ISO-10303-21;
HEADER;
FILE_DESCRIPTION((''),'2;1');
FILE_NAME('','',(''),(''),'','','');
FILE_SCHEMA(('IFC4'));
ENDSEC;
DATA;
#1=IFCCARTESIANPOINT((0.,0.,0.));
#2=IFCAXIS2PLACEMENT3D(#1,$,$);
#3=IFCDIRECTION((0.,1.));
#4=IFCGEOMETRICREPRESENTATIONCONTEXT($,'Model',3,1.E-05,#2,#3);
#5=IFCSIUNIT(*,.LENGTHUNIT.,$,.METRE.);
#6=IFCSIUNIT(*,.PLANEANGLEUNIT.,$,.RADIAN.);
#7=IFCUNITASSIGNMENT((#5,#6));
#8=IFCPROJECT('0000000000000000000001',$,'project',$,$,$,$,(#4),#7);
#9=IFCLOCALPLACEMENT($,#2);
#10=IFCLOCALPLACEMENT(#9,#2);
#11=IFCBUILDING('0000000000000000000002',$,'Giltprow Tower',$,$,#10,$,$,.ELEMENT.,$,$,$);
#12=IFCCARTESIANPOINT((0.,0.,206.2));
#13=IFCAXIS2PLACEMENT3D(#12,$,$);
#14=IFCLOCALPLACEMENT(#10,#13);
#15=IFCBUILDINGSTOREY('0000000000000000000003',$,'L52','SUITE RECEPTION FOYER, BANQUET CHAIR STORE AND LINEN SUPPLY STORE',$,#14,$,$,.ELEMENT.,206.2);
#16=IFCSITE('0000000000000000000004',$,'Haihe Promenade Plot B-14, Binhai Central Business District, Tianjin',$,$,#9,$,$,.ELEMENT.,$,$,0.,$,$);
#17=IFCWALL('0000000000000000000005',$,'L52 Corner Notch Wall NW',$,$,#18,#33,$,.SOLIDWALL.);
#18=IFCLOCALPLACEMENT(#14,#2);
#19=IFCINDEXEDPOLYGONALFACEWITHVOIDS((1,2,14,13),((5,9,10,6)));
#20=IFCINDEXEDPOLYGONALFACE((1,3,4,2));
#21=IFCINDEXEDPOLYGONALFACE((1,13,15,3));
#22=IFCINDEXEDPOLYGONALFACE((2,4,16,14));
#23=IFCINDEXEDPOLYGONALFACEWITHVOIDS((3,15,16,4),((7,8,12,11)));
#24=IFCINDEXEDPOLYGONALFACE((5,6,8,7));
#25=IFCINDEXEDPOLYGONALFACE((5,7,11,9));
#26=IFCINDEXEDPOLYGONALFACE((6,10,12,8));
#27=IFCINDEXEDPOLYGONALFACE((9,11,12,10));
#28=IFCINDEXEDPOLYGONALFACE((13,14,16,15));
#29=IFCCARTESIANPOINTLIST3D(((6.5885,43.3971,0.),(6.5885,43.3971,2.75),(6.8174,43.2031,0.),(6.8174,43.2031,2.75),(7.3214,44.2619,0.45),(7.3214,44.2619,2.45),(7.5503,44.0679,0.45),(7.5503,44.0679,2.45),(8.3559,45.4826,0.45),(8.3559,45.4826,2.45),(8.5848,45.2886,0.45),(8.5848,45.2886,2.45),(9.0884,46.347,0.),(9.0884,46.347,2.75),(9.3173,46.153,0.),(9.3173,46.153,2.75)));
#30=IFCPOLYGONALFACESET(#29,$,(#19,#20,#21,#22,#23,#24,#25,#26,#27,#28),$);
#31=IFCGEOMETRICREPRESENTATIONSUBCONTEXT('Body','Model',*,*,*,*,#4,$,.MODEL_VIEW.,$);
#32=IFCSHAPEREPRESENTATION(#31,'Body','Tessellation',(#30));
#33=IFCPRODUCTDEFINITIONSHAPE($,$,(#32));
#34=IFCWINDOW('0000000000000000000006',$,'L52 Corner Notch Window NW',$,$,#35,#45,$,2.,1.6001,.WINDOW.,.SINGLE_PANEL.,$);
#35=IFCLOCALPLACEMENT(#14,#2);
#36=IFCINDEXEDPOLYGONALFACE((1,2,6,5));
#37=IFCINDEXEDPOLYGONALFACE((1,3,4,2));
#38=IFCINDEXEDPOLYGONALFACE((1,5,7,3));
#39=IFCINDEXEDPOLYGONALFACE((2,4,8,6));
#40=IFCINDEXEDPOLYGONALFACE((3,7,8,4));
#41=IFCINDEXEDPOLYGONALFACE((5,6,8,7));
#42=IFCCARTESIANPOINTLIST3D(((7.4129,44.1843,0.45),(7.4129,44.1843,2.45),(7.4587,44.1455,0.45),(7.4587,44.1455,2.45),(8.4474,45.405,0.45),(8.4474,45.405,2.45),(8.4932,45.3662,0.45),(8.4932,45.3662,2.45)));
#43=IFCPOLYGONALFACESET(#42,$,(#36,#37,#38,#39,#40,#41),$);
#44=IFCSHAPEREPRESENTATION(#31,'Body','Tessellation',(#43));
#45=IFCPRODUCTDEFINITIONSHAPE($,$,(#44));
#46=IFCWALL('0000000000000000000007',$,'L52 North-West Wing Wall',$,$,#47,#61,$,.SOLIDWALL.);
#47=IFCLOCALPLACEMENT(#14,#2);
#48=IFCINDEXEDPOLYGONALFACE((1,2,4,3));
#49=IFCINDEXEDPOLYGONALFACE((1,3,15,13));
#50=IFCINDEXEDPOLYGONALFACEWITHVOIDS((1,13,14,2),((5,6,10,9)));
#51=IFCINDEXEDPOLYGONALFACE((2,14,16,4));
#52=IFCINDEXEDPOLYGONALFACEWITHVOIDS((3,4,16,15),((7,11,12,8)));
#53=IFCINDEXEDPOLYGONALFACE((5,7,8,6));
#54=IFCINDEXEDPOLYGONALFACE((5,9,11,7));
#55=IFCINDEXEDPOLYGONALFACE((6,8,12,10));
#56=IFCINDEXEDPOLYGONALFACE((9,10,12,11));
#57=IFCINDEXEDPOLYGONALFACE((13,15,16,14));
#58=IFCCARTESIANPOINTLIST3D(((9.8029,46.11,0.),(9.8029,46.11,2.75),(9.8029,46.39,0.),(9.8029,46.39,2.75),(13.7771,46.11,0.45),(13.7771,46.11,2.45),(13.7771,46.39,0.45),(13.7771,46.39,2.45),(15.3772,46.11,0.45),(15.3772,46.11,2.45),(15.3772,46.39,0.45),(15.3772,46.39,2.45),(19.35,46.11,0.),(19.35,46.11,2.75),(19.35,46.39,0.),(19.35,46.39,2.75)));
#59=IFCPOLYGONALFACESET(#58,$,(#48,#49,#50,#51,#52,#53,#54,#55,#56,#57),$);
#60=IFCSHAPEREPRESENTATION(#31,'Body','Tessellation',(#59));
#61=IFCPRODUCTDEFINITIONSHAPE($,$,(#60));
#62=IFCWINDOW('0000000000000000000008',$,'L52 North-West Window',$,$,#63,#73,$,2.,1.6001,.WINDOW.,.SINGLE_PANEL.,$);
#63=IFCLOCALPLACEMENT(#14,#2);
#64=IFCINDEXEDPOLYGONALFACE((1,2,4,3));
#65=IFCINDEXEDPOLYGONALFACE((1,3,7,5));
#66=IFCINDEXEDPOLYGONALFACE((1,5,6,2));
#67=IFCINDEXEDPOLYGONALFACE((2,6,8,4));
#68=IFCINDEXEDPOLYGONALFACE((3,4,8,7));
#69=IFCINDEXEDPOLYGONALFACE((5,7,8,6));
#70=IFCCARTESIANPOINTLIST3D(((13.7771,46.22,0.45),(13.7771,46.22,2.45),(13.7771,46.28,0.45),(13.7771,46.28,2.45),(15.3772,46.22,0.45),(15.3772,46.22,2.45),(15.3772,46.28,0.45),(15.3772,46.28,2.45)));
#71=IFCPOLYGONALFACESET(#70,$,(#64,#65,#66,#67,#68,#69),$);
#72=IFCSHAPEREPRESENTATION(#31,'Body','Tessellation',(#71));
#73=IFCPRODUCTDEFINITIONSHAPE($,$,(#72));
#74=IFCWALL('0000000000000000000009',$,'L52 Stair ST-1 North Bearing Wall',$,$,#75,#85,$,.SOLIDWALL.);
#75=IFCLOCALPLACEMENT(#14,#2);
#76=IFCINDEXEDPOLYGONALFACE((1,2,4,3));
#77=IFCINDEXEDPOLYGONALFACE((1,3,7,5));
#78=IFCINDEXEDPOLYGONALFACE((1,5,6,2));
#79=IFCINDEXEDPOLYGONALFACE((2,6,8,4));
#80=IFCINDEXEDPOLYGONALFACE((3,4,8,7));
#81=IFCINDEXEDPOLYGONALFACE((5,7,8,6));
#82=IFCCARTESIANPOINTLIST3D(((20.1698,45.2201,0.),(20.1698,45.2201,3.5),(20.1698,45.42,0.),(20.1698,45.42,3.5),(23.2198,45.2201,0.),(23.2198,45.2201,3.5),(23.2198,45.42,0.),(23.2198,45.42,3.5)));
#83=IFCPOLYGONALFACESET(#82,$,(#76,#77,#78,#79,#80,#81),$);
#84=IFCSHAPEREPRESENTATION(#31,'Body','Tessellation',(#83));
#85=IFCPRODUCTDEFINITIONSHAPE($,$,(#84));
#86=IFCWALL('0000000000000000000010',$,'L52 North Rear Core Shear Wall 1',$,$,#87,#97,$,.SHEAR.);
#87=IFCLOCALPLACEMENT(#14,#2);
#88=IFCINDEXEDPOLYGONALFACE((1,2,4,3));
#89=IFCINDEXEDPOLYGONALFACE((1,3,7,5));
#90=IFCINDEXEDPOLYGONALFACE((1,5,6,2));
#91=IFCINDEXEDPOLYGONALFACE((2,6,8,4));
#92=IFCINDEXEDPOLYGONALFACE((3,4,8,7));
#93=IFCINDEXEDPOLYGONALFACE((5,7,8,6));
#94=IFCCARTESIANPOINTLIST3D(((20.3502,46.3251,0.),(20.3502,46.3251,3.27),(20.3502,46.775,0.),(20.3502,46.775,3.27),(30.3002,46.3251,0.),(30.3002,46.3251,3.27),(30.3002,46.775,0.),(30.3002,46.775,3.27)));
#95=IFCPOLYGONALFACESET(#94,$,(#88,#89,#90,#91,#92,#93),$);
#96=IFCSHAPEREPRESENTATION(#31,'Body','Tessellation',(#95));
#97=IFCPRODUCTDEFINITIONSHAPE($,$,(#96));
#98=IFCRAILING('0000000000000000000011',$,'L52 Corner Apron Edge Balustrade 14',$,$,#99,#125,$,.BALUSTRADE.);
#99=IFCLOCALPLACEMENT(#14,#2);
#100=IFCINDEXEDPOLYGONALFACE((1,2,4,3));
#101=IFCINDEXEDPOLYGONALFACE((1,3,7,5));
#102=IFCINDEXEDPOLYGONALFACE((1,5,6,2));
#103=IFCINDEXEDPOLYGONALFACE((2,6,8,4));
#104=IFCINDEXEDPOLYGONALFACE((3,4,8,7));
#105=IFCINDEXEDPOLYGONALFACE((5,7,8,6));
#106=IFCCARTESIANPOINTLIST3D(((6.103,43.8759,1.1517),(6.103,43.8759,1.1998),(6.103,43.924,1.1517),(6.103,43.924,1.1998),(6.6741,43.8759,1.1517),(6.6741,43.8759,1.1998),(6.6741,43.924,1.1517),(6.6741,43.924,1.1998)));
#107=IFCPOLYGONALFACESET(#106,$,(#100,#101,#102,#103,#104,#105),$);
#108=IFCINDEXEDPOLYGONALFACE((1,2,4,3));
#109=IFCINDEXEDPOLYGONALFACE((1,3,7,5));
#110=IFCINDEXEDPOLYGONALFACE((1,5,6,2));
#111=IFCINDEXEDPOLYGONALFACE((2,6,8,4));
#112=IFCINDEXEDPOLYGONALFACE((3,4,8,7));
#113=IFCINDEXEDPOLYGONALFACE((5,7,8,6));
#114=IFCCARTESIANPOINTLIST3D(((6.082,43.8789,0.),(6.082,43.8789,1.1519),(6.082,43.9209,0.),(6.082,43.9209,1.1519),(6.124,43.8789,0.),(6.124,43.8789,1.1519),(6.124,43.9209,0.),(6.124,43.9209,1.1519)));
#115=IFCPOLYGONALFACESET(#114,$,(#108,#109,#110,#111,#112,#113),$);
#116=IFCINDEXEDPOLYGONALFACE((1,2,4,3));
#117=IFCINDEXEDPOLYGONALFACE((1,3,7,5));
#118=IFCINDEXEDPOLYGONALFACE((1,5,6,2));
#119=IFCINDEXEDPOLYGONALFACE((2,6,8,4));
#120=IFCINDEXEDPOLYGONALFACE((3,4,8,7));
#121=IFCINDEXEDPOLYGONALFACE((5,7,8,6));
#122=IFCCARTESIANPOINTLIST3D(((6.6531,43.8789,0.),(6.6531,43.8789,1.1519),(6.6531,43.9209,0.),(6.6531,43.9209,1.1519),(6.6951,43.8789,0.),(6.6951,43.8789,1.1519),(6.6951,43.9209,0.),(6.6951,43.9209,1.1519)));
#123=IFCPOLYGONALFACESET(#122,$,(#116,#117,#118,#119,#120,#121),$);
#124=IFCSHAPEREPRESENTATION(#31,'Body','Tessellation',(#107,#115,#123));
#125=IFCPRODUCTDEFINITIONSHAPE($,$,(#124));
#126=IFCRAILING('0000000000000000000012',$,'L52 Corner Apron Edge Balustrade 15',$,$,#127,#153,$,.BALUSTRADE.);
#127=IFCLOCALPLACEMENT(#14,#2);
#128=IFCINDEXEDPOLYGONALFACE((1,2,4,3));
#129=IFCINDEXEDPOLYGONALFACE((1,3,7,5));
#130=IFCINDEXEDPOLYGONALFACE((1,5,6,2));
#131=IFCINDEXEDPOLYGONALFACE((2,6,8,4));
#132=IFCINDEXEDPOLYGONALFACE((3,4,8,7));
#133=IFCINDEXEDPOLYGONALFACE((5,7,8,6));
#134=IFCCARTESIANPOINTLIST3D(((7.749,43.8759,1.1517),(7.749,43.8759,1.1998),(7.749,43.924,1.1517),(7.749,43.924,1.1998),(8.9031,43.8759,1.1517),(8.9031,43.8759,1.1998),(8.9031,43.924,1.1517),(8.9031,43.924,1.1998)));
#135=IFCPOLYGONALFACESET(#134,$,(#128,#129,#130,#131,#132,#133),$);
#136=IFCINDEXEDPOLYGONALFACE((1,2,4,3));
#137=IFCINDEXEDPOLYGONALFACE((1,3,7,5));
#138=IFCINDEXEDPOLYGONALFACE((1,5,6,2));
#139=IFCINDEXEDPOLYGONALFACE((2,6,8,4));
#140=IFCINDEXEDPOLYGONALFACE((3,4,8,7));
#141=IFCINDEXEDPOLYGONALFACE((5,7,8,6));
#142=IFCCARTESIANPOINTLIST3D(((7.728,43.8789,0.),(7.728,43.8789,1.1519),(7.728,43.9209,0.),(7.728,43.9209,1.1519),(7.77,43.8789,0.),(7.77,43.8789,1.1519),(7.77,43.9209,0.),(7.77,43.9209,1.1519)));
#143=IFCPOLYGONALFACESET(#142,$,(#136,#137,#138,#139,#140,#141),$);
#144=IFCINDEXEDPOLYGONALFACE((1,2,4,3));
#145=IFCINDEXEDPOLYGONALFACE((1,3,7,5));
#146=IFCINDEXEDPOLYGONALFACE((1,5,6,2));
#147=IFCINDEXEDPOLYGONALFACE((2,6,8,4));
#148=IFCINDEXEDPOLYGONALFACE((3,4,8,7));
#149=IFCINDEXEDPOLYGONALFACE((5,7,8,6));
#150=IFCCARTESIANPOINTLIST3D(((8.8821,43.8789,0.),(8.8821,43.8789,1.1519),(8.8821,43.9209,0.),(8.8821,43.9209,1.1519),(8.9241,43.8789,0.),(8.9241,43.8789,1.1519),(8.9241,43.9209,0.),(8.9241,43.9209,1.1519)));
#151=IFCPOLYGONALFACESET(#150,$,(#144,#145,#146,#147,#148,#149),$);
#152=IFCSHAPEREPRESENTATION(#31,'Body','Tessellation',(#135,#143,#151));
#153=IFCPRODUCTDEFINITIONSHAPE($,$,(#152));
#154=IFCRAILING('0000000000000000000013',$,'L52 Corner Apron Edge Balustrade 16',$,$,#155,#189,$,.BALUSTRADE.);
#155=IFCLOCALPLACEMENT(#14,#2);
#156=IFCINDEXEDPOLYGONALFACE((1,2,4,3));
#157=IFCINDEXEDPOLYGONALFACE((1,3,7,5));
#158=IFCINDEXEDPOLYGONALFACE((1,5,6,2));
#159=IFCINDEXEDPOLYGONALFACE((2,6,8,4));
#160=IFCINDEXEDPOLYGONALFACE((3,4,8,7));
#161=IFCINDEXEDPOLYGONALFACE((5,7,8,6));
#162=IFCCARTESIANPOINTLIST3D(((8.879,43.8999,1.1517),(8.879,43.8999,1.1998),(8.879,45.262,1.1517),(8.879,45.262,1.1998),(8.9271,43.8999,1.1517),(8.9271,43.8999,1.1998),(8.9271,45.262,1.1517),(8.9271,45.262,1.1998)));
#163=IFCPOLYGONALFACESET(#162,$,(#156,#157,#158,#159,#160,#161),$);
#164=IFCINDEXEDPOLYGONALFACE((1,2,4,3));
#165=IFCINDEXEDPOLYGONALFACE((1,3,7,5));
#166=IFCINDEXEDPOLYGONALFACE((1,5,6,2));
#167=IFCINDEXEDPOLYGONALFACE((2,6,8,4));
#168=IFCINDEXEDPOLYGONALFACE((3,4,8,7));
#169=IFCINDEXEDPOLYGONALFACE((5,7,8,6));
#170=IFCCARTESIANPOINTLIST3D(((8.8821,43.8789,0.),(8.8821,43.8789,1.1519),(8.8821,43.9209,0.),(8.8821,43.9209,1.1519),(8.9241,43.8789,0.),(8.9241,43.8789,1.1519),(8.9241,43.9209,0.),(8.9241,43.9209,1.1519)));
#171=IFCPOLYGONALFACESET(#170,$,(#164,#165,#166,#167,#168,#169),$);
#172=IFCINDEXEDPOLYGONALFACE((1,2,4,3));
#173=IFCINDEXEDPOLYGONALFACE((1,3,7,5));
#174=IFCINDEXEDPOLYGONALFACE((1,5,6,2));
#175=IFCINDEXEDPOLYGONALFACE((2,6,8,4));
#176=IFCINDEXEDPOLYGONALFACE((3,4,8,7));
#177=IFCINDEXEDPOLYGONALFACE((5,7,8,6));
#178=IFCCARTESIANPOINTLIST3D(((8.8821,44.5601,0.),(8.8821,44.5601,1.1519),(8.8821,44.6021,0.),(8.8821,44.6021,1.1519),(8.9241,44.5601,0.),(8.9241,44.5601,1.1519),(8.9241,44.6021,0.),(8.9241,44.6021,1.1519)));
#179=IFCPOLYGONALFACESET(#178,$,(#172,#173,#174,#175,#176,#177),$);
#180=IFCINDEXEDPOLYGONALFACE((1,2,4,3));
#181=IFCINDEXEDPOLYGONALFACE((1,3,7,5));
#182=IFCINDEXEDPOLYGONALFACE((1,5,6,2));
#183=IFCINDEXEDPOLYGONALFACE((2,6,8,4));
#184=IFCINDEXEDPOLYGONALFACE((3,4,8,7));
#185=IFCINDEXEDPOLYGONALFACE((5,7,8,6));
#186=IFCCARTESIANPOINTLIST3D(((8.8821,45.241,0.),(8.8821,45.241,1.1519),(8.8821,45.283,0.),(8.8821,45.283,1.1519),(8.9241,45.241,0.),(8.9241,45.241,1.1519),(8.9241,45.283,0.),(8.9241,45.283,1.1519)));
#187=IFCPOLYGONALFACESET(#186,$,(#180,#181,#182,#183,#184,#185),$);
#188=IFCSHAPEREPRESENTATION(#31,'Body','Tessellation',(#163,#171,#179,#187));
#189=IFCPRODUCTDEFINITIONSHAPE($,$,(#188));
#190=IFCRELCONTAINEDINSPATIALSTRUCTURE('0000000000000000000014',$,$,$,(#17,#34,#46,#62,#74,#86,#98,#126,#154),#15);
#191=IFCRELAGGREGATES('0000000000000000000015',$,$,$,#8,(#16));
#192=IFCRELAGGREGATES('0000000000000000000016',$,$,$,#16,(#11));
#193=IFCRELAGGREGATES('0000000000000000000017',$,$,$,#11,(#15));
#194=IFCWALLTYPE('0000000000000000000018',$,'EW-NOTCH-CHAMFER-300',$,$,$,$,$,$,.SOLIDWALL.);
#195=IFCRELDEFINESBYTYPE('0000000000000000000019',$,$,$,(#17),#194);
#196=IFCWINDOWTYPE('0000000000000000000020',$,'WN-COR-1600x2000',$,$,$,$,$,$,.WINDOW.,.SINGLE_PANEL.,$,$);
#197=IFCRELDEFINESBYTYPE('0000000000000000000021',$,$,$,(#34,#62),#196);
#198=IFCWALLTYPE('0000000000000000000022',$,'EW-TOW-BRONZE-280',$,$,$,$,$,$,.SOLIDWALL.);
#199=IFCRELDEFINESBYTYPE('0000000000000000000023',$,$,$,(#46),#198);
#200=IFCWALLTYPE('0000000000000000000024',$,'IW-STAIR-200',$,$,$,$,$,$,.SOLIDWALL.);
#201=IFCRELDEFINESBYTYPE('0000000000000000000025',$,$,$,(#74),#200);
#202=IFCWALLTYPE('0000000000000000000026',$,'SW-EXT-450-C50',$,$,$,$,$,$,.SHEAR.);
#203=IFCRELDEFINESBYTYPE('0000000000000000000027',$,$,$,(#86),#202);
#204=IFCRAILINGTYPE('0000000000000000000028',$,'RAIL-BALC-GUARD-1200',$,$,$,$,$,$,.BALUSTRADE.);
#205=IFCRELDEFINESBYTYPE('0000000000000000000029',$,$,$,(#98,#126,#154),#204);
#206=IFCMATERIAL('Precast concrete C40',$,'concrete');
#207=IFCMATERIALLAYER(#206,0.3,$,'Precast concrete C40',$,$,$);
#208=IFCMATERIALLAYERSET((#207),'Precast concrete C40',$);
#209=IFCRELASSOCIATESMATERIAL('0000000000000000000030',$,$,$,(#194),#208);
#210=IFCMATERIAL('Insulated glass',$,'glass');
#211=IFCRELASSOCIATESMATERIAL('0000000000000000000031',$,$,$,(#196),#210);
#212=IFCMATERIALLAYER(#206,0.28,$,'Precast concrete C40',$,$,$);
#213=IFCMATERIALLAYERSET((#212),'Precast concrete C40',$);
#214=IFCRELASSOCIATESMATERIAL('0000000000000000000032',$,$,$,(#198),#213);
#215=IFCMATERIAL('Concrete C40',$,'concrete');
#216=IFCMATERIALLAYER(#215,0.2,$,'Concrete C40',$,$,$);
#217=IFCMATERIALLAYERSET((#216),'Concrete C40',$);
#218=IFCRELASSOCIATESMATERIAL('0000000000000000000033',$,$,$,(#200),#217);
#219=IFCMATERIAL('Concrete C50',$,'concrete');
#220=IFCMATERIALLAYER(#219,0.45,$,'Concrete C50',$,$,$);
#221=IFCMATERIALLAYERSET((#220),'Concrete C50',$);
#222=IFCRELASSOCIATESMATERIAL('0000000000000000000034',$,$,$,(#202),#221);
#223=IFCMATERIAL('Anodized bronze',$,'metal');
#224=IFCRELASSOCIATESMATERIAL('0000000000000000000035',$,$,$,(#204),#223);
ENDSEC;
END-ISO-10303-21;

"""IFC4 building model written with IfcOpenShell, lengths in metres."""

from ifc_helpers import new_model, si_unit, direction, frame, frame_2d, origin, origin_2d, place, context, subcontext, project, spatial, rectangle, extrude, source, transform, mapped, material, layer, layer_set, type_object, element, fill, save


model = new_model("IFC4")

# Units and contexts
model_context = context("Model", 3, precision=1e-05, world=origin(), true_north=direction((0.0, 1.0)))
body_context = subcontext(model_context, "Body", "Model", "MODEL_VIEW")
ifc_project = project(units=[si_unit("LENGTHUNIT", "METRE"), si_unit("PLANEANGLEUNIT", "RADIAN")], contexts=[model_context])

# Site, building, storey
site_placement = place(None, origin())
site = spatial("IfcSite", under=ifc_project, at=site_placement, Name="Haihe Promenade Plot B-14, Binhai Central Business District, Tianjin", CompositionType="ELEMENT", RefElevation=0.0)
building_placement = place(site_placement, origin())
building = spatial("IfcBuilding", under=site, at=building_placement, Name="Giltprow Tower", CompositionType="ELEMENT")
storey_placement = place(building_placement, frame((0.0, 0.0, 206.2)))
storey = spatial("IfcBuildingStorey", under=building, at=storey_placement, Name="L52", Description="SUITE RECEPTION FOYER, BANQUET CHAIR STORE AND LINEN SUPPLY STORE", CompositionType="ELEMENT", Elevation=206.2)

# Shared definitions
ifc_material_1 = material(Name="Concrete C50", Category="concrete")

# Walls, openings, windows
ifc_material_2 = material(Name="Precast concrete C40", Category="concrete")
ifc_layer_1 = layer(ifc_material_2, 0.3, Name="Precast concrete C40")
ifc_layer_set_1 = layer_set([ifc_layer_1], Name="Precast concrete C40")
wall_type_1 = type_object("IfcWallType", Name="EW-NOTCH-CHAMFER-300", PredefinedType="SOLIDWALL", material=ifc_layer_set_1)
wall_1_placement = place(storey_placement, frame((9.2029, 46.25, 0.0), z_axis=(0.0, 0.0, 1.0), x_axis=(-0.646528, -0.76289, 0.0)))
wall_1 = element("IfcWall", 1, at=wall_1_placement, inside=storey, type_object=wall_type_1, Name="L52 Corner Notch Wall NW", PredefinedType="SOLIDWALL", context=body_context, shape_type="SweptSolid", body=[
    extrude(rectangle(XDim=3.8667, YDim=0.3, at=frame_2d((1.9333, 0.0))), origin(), (0.0, 0.0, 1.0), 2.75),
])
opening_1_placement = place(wall_1_placement, frame((1.1331, 0.0, 0.45)))
opening_1 = element("IfcOpeningElement", 2, at=opening_1_placement, cuts=wall_1, PredefinedType="OPENING", context=body_context, shape_type="SweptSolid", body=[
    extrude(rectangle(XDim=1.6001, YDim=2.0, at=frame_2d((0.8, 1.0))), frame((0.0, 0.1599, 0.0), z_axis=(0.0, -1.0, 0.0), x_axis=(1.0, 0.0, 0.0)), (0.0, 0.0, 1.0), 0.3201),
])
ifc_material_3 = material(Name="Insulated glass", Category="glass")
window_type = type_object("IfcWindowType", Name="WN-COR-1600x2000", PartitioningType="SINGLE_PANEL", PredefinedType="WINDOW", material=ifc_material_3)
shared_shape_1 = source(origin(), body_context, "Body", "SweptSolid", [
    extrude(rectangle(XDim=1.6001, YDim=2.0, at=frame_2d((0.8, 1.0))), frame((0.0, 0.03, 0.0), z_axis=(0.0, -1.0, 0.0), x_axis=(1.0, 0.0, 0.0)), (0.0, 0.0, 1.0), 0.0601),
])
window_1_placement = place(opening_1_placement, origin())
window_1 = element("IfcWindow", 3, at=window_1_placement, inside=storey, type_object=window_type, Name="L52 Corner Notch Window NW", OverallHeight=2.0, OverallWidth=1.6001, PartitioningType="SINGLE_PANEL", PredefinedType="WINDOW", context=body_context, shape_type="MappedRepresentation", body=[
    mapped(shared_shape_1, transform((0.0, 0.0, 0.0), x_axis=(1.0, 0.0, 0.0), y_axis=(0.0, 1.0, 0.0), z_axis=(0.0, 0.0, 1.0), scale=1.0)),
])
fill(opening_1, window_1)
ifc_layer_2 = layer(ifc_material_2, 0.28, Name="Precast concrete C40")
ifc_layer_set_2 = layer_set([ifc_layer_2], Name="Precast concrete C40")
wall_type_2 = type_object("IfcWallType", Name="EW-TOW-BRONZE-280", PredefinedType="SOLIDWALL", material=ifc_layer_set_2)
wall_2_placement = place(storey_placement, frame((9.803, 46.25, 0.0), z_axis=(0.0, 0.0, 1.0), x_axis=(1.0, 0.0, 0.0)))
wall_2 = element("IfcWall", 4, at=wall_2_placement, inside=storey, type_object=wall_type_2, Name="L52 North-West Wing Wall", PredefinedType="SOLIDWALL", context=body_context, shape_type="SweptSolid", body=[
    extrude(rectangle(XDim=9.5471, YDim=0.28, at=frame_2d((4.7734, 0.0))), origin(), (0.0, 0.0, 1.0), 2.75),
])
opening_2_placement = place(wall_2_placement, frame((3.9741, 0.0, 0.45)))
opening_2 = element("IfcOpeningElement", 5, at=opening_2_placement, cuts=wall_2, PredefinedType="OPENING", context=body_context, shape_type="SweptSolid", body=[
    extrude(rectangle(XDim=1.6001, YDim=2.0, at=frame_2d((0.8, 1.0))), frame((0.0, 0.1499, 0.0), z_axis=(0.0, -1.0, 0.0), x_axis=(1.0, 0.0, 0.0)), (0.0, 0.0, 1.0), 0.3),
])
window_2_placement = place(opening_2_placement, origin())
window_2 = element("IfcWindow", 6, at=window_2_placement, inside=storey, type_object=window_type, Name="L52 North-West Window", OverallHeight=2.0, OverallWidth=1.6001, PartitioningType="SINGLE_PANEL", PredefinedType="WINDOW", context=body_context, shape_type="MappedRepresentation", body=[
    mapped(shared_shape_1, transform((0.0, 0.0, 0.0), x_axis=(1.0, 0.0, 0.0), y_axis=(0.0, 1.0, 0.0), z_axis=(0.0, 0.0, 1.0), scale=1.0)),
])
fill(opening_2, window_2)

# Walls
ifc_material_4 = material(Name="Concrete C40", Category="concrete")
ifc_layer_3 = layer(ifc_material_4, 0.2, Name="Concrete C40")
ifc_layer_set_3 = layer_set([ifc_layer_3], Name="Concrete C40")
wall_type_3 = type_object("IfcWallType", Name="IW-STAIR-200", PredefinedType="SOLIDWALL", material=ifc_layer_set_3)
wall_3_placement = place(storey_placement, frame((20.1699, 45.3201, 0.0), z_axis=(0.0, 0.0, 1.0), x_axis=(1.0, 0.0, 0.0)))
element("IfcWall", 7, at=wall_3_placement, inside=storey, type_object=wall_type_3, Name="L52 Stair ST-1 North Bearing Wall", PredefinedType="SOLIDWALL", context=body_context, shape_type="SweptSolid", body=[
    extrude(rectangle(XDim=3.05, YDim=0.2, at=frame_2d((1.5249, 0.0))), origin(), (0.0, 0.0, 1.0), 3.5),
])
ifc_layer_4 = layer(ifc_material_1, 0.45, Name="Concrete C50")
ifc_layer_set_4 = layer_set([ifc_layer_4], Name="Concrete C50")
wall_type_4 = type_object("IfcWallType", Name="SW-EXT-450-C50", PredefinedType="SHEAR", material=ifc_layer_set_4)
wall_4_placement = place(storey_placement, frame((20.3501, 46.55, 0.0), z_axis=(0.0, 0.0, 1.0), x_axis=(1.0, 0.0, 0.0)))
element("IfcWall", 8, at=wall_4_placement, inside=storey, type_object=wall_type_4, Name="L52 North Rear Core Shear Wall 1", PredefinedType="SHEAR", context=body_context, shape_type="SweptSolid", body=[
    extrude(rectangle(XDim=9.95, YDim=0.45, at=frame_2d((4.9751, 0.0))), origin(), (0.0, 0.0, 1.0), 3.27),
])

# Railings
ifc_material_5 = material(Name="Anodized bronze", Category="metal")
railing_type_1 = type_object("IfcRailingType", Name="RAIL-BALC-GUARD-1200", PredefinedType="BALUSTRADE", material=ifc_material_5)
railing_1_placement = place(storey_placement, frame((6.103, 43.8999, 0.0)))
element("IfcRailing", 9, at=railing_1_placement, inside=storey, type_object=railing_type_1, Name="L52 Corner Apron Edge Balustrade 14", PredefinedType="BALUSTRADE", context=body_context, shape_type="SweptSolid", body=[
    extrude(rectangle(XDim=0.0481, YDim=0.0481, at=origin_2d()), frame((0.0, 0.0, 1.1758), z_axis=(1.0, 0.0, 0.0), x_axis=(0.0, 1.0, 0.0)), (0.0, 0.0, 1.0), 0.571),
    extrude(rectangle(XDim=0.042, YDim=0.042, at=origin_2d()), origin(), (0.0, 0.0, 1.0), 1.1519),
    extrude(rectangle(XDim=0.042, YDim=0.042, at=origin_2d()), frame((0.571, 0.0, 0.0)), (0.0, 0.0, 1.0), 1.1519),
])
railing_2_placement = place(storey_placement, frame((7.749, 43.8999, 0.0)))
element("IfcRailing", 10, at=railing_2_placement, inside=storey, type_object=railing_type_1, Name="L52 Corner Apron Edge Balustrade 15", PredefinedType="BALUSTRADE", context=body_context, shape_type="SweptSolid", body=[
    extrude(rectangle(XDim=0.0481, YDim=0.0481, at=origin_2d()), frame((0.0, 0.0, 1.1758), z_axis=(1.0, 0.0, 0.0), x_axis=(0.0, 1.0, 0.0)), (0.0, 0.0, 1.0), 1.1541),
    extrude(rectangle(XDim=0.042, YDim=0.042, at=origin_2d()), origin(), (0.0, 0.0, 1.0), 1.1519),
    extrude(rectangle(XDim=0.042, YDim=0.042, at=origin_2d()), frame((1.1541, 0.0, 0.0)), (0.0, 0.0, 1.0), 1.1519),
])
railing_3_placement = place(storey_placement, frame((8.9031, 43.8999, 0.0)))
element("IfcRailing", 11, at=railing_3_placement, inside=storey, type_object=railing_type_1, Name="L52 Corner Apron Edge Balustrade 16", PredefinedType="BALUSTRADE", context=body_context, shape_type="SweptSolid", body=[
    extrude(rectangle(XDim=0.0481, YDim=0.0481, at=origin_2d()), frame((0.0, 0.0, 1.1758), z_axis=(0.0, 1.0, 0.0), x_axis=(-1.0, 0.0, 0.0)), (0.0, 0.0, 1.0), 1.3621),
    extrude(rectangle(XDim=0.042, YDim=0.042, at=origin_2d()), origin(), (0.0, 0.0, 1.0), 1.1519),
    extrude(rectangle(XDim=0.042, YDim=0.042, at=origin_2d()), frame((0.0, 0.6812, 0.0)), (0.0, 0.0, 1.0), 1.1519),
    extrude(rectangle(XDim=0.042, YDim=0.042, at=origin_2d()), frame((0.0, 1.3621, 0.0)), (0.0, 0.0, 1.0), 1.1519),
])

save(model, "model.ifc")
